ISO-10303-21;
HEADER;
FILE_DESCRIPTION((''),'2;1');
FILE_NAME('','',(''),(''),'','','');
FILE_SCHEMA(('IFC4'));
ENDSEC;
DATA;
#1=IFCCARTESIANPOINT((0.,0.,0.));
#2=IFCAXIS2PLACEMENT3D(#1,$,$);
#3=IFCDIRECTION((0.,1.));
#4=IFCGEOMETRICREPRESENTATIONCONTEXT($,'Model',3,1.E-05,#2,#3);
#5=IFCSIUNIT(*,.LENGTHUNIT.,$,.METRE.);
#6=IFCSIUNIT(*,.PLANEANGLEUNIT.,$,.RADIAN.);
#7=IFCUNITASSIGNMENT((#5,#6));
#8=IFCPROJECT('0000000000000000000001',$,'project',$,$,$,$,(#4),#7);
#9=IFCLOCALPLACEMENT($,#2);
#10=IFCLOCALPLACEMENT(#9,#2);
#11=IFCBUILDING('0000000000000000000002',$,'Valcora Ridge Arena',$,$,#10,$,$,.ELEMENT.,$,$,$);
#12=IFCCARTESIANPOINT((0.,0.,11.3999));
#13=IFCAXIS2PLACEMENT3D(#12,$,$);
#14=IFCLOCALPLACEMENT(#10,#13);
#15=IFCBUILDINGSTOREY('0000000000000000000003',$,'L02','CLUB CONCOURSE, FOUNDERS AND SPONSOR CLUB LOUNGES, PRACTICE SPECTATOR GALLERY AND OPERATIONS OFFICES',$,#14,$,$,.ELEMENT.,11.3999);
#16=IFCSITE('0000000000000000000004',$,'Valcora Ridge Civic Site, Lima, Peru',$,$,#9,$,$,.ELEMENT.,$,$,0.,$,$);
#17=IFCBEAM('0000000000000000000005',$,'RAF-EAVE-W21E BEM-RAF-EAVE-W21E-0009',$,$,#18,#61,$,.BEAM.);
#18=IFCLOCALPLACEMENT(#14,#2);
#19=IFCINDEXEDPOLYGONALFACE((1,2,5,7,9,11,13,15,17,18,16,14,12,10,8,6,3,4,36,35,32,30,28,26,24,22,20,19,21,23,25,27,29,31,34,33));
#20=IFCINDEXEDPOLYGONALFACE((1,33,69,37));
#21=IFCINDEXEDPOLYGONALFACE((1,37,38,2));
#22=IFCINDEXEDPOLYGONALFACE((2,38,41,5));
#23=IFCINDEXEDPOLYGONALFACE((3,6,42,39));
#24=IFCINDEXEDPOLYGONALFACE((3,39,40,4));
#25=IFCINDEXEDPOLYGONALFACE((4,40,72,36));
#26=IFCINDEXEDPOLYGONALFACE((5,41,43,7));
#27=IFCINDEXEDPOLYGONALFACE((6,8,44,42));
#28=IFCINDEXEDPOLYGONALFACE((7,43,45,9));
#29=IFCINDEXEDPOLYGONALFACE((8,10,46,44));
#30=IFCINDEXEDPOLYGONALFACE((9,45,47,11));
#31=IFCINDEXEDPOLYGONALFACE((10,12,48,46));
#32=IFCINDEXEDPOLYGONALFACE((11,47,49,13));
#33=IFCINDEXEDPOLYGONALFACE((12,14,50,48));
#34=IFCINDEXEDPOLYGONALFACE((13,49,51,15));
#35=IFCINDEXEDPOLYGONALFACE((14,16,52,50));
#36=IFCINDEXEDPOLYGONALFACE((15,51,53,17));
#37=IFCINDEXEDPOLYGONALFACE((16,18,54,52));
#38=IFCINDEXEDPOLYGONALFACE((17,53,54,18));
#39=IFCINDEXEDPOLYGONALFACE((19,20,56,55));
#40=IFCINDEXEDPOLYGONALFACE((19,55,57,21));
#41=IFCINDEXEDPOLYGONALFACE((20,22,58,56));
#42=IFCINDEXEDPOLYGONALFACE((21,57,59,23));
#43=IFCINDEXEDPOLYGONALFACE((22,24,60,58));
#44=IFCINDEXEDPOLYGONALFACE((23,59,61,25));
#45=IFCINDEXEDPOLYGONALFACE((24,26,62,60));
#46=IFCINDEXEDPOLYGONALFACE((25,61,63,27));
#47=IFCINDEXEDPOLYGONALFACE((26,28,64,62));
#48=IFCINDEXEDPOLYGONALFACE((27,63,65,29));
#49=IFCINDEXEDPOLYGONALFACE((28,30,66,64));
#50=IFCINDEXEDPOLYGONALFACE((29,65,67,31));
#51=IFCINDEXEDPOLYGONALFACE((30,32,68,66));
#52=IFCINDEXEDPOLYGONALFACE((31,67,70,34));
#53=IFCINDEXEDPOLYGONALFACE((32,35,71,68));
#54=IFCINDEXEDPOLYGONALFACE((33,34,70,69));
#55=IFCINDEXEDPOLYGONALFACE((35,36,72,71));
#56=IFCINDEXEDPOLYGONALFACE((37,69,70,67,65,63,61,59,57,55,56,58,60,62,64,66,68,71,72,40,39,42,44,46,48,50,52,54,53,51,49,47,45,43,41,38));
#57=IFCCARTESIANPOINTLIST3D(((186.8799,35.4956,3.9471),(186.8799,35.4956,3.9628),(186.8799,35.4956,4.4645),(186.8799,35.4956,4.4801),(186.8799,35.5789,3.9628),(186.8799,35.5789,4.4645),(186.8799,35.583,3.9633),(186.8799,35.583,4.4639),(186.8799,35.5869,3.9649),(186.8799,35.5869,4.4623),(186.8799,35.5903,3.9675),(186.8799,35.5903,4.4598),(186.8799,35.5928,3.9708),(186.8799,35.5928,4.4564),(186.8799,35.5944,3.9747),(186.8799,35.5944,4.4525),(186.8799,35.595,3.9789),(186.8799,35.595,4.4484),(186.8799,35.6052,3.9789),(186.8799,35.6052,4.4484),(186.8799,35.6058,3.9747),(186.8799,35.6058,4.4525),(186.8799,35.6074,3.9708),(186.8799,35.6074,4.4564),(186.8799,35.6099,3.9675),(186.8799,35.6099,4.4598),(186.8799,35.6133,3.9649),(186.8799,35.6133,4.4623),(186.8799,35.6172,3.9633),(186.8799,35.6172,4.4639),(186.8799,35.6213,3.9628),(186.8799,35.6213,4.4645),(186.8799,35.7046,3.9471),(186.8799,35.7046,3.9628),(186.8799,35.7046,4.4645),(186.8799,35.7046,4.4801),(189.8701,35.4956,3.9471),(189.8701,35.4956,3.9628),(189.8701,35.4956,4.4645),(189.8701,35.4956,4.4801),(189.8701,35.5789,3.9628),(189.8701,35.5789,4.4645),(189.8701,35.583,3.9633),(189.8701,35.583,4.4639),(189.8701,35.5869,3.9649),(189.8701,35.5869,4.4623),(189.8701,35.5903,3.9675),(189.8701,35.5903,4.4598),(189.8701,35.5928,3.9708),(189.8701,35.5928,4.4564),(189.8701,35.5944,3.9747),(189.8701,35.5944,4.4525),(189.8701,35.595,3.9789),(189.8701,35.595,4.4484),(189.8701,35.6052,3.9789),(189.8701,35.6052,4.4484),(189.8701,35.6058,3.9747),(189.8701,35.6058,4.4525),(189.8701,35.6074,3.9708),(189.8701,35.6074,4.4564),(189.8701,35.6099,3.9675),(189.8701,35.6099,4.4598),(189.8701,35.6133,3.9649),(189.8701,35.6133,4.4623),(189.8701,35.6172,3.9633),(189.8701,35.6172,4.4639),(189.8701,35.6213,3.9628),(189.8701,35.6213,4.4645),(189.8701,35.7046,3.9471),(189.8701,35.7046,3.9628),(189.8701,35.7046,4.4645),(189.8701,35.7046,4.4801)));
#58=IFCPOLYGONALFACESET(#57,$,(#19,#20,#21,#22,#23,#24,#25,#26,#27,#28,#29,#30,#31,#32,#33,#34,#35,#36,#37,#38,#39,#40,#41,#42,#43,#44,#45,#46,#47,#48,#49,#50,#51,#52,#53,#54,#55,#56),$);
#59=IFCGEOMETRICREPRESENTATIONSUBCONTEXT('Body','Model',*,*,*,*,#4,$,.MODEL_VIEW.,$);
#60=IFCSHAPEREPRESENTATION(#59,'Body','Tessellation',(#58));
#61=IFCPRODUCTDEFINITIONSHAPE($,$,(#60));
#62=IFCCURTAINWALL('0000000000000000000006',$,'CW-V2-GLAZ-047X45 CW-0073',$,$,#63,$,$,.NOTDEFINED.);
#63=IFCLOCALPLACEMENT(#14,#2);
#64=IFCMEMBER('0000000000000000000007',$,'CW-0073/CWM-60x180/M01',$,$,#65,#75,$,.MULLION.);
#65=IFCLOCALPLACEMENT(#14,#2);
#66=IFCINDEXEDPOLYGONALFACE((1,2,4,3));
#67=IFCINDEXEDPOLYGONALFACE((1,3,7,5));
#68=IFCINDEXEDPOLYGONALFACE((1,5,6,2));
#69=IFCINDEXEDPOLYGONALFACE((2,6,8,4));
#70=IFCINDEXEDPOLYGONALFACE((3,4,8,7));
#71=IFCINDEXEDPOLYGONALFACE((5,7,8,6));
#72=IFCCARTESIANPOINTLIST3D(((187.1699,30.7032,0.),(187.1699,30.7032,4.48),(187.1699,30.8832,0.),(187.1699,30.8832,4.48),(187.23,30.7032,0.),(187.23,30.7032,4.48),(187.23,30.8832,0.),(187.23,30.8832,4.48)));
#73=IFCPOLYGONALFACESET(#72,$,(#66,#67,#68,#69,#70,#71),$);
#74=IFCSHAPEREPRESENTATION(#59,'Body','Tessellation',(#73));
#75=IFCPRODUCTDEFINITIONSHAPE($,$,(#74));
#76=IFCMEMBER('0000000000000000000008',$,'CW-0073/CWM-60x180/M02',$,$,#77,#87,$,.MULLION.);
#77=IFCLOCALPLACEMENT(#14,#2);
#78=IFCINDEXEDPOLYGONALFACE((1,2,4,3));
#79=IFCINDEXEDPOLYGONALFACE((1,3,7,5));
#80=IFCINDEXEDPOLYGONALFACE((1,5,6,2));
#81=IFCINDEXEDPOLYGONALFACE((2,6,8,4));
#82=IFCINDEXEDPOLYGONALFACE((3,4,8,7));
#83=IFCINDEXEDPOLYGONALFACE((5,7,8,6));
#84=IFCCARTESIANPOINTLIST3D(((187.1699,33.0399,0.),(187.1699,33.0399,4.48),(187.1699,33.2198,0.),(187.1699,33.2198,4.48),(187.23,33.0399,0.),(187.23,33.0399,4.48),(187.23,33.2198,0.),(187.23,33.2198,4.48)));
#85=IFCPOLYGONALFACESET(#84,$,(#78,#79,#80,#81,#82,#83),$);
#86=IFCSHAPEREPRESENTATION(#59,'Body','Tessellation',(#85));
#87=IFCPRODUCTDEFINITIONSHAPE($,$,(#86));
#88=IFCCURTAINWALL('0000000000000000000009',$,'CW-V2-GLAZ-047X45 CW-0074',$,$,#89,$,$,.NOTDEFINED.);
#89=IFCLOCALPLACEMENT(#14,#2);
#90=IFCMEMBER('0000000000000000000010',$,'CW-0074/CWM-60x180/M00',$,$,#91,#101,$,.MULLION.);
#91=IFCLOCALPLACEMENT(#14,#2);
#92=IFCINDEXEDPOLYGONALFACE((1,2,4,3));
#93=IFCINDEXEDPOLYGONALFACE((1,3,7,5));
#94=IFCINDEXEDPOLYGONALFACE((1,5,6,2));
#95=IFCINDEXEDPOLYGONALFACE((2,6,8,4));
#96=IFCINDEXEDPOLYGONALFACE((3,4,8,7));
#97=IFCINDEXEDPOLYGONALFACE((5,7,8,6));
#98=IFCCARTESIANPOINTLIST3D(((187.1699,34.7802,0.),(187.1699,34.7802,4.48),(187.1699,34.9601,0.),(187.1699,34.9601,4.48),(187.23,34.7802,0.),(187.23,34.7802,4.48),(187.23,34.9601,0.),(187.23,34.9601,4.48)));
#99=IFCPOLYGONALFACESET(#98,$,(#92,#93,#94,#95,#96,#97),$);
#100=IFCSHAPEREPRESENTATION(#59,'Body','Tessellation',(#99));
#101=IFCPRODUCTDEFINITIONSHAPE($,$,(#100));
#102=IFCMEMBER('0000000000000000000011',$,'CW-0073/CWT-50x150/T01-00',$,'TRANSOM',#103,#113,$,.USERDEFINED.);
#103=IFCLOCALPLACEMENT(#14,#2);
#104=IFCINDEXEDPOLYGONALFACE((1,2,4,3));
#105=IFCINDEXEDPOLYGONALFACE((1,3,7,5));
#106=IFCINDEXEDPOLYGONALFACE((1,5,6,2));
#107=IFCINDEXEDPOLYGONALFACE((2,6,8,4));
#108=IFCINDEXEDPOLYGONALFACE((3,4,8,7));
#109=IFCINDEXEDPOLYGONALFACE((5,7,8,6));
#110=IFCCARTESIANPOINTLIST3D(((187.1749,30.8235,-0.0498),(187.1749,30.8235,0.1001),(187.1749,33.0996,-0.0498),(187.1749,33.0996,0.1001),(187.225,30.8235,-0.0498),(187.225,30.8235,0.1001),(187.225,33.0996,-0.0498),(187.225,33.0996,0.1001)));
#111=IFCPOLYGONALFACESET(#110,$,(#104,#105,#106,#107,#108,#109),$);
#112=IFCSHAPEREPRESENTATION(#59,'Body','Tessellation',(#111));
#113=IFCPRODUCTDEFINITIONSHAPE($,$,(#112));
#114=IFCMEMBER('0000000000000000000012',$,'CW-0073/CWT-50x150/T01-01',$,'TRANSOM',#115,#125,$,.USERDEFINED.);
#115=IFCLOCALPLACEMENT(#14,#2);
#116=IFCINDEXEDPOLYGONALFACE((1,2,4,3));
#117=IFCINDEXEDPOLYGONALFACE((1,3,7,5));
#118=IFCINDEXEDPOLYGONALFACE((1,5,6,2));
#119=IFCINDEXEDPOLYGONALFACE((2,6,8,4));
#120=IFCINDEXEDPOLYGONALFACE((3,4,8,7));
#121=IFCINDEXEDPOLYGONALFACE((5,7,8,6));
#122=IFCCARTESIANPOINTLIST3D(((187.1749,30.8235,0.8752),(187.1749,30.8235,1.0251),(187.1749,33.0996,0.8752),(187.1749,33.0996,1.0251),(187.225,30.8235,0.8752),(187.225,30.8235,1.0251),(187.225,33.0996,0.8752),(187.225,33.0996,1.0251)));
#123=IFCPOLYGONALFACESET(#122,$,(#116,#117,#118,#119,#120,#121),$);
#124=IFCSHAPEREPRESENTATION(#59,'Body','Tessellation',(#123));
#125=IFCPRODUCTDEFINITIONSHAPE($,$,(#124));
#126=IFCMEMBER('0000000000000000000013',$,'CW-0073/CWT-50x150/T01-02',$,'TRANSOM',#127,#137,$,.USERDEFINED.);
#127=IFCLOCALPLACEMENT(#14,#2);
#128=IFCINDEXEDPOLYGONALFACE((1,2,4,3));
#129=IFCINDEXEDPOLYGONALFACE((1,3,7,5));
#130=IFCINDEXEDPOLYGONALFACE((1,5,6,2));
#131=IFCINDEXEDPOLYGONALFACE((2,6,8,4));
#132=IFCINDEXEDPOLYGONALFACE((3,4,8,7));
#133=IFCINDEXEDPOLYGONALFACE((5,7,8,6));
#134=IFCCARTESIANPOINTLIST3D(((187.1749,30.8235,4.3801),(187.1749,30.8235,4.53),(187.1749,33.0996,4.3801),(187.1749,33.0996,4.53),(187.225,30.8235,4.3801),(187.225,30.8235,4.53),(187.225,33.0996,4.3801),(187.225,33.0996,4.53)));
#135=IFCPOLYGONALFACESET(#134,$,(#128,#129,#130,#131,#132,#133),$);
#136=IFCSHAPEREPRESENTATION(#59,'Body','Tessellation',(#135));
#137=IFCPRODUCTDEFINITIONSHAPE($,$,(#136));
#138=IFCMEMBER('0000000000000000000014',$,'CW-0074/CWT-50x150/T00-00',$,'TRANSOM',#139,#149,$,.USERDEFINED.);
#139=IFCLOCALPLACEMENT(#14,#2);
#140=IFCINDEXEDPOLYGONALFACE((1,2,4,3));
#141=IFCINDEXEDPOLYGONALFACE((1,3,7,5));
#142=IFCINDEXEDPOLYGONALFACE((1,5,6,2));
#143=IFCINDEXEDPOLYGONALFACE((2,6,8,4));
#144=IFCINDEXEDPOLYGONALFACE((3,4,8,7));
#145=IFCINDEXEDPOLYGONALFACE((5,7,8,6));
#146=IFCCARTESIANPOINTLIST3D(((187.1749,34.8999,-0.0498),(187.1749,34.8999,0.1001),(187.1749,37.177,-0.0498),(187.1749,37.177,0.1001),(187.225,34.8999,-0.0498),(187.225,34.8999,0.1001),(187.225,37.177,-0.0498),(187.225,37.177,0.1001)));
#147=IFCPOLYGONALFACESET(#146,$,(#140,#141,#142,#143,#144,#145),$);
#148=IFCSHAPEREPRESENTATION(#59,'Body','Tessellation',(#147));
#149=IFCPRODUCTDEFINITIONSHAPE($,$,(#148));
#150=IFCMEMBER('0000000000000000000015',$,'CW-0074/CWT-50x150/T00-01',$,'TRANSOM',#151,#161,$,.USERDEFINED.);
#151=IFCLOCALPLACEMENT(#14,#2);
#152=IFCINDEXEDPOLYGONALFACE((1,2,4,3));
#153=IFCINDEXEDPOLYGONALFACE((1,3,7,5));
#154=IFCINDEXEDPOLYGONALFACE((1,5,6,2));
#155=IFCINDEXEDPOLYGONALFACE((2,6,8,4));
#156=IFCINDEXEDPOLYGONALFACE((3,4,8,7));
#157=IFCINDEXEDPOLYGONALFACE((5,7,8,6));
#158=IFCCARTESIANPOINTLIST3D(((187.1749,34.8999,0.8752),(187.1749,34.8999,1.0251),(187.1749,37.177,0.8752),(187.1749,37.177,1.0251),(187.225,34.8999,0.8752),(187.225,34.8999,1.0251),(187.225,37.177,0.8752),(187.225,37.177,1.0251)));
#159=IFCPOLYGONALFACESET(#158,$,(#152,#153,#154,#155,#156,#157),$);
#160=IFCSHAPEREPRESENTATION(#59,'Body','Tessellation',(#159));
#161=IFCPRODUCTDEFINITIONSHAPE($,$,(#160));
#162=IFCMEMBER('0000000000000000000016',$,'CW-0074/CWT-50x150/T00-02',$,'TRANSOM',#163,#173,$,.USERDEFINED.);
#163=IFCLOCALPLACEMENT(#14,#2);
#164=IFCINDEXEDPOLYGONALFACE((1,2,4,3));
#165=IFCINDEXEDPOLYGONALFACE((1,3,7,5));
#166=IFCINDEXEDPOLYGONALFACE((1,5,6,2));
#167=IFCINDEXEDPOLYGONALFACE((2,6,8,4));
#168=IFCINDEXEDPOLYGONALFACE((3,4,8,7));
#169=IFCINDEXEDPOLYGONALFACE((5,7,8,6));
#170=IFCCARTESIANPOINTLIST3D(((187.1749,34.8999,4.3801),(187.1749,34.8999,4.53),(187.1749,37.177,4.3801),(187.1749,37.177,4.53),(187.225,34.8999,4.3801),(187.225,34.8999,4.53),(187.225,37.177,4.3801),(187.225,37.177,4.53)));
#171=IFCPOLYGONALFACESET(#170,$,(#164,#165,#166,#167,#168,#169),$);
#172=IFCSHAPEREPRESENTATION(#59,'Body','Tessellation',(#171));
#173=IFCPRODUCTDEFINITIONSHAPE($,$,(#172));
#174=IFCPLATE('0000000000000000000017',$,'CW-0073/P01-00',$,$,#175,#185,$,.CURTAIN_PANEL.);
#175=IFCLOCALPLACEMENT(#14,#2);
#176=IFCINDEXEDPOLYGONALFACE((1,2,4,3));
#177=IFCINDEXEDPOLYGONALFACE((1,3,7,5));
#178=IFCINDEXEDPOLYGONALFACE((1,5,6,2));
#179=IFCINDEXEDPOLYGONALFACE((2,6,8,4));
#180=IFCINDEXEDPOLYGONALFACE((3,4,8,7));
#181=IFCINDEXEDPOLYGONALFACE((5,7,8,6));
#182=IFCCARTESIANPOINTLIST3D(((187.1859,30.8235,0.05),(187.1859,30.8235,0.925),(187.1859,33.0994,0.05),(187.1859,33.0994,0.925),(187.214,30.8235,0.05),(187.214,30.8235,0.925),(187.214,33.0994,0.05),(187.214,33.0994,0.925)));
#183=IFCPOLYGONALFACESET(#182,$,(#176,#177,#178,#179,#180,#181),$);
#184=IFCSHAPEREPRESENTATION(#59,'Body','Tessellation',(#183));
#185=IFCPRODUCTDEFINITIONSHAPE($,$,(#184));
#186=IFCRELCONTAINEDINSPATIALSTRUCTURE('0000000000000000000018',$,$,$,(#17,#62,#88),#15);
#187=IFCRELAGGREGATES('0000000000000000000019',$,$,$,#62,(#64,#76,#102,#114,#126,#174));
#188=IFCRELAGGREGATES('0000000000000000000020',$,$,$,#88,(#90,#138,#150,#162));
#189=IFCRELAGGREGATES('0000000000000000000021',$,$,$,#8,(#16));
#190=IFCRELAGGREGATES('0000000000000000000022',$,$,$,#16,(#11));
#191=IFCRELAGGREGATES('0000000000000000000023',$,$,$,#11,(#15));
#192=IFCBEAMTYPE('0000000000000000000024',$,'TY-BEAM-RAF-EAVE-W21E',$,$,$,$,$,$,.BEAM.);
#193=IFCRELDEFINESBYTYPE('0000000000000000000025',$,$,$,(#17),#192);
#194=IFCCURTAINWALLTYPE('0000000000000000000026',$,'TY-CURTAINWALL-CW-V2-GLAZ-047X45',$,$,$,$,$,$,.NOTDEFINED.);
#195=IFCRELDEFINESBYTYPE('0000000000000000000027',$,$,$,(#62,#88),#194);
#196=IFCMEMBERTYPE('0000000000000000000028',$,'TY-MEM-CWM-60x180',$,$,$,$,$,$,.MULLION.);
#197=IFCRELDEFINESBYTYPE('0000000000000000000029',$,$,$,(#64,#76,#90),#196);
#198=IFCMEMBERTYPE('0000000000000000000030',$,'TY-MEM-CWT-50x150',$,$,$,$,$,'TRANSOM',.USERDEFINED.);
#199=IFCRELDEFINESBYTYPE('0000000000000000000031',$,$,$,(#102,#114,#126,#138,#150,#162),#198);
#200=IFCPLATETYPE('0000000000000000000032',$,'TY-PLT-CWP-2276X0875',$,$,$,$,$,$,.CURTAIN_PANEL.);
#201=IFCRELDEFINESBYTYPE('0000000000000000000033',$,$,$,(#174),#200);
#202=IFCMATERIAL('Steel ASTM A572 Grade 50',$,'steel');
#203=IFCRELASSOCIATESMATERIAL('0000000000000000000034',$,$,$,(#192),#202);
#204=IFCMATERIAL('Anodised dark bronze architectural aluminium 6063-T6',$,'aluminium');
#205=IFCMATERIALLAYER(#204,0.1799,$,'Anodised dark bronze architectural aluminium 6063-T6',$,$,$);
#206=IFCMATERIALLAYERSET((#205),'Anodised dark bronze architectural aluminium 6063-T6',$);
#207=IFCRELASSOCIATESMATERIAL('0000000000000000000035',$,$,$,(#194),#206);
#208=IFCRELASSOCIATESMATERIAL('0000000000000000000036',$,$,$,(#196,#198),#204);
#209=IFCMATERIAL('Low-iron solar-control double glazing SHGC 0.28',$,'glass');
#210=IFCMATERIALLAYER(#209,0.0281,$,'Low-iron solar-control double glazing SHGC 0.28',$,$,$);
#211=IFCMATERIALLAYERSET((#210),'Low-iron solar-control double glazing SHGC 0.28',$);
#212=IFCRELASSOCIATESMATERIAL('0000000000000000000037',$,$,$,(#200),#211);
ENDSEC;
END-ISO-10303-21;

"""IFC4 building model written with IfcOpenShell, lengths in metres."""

from ifc_helpers import new_model, si_unit, direction, frame, origin, origin_2d, place, context, subcontext, project, spatial, rectangle, i_section, extrude, material, layer, layer_set, material_profile, profile_set, type_object, element, aggregate, save


model = new_model("IFC4")

# Units and contexts
model_context = context("Model", 3, precision=1e-05, world=origin(), true_north=direction((0.0, 1.0)))
body_context = subcontext(model_context, "Body", "Model", "MODEL_VIEW")
ifc_project = project(units=[si_unit("LENGTHUNIT", "METRE"), si_unit("PLANEANGLEUNIT", "RADIAN")], contexts=[model_context])

# Site, building, storey
site_placement = place(None, origin())
site = spatial("IfcSite", under=ifc_project, at=site_placement, Name="Valcora Ridge Civic Site, Lima, Peru", CompositionType="ELEMENT", RefElevation=0.0)
building_placement = place(site_placement, origin())
building = spatial("IfcBuilding", under=site, at=building_placement, Name="Valcora Ridge Arena", CompositionType="ELEMENT")
storey_placement = place(building_placement, frame((0.0, 0.0, 11.3999)))
storey = spatial("IfcBuildingStorey", under=building, at=storey_placement, Name="L02", Description="CLUB CONCOURSE, FOUNDERS AND SPONSOR CLUB LOUNGES, PRACTICE SPECTATOR GALLERY AND OPERATIONS OFFICES", CompositionType="ELEMENT", Elevation=11.3999)

# Beam
ifc_material_1 = material(Name="Steel ASTM A572 Grade 50", Category="steel")
ifc_material_profile_1 = material_profile(ifc_material_1, i_section(OverallWidth=0.209, OverallDepth=0.533, WebThickness=0.0103, FlangeThickness=0.0156, FilletRadius=0.0161, at=origin_2d()), Name="W21X62")
ifc_profile_set_1 = profile_set([ifc_material_profile_1], Name="Steel ASTM A572 Grade 50")
beam_type_1 = type_object("IfcBeamType", Name="TY-BEAM-RAF-EAVE-W21E", PredefinedType="BEAM", material=ifc_profile_set_1)
for number, where, z_axis, x_axis, name in (
    (1, (186.8799, 35.6001, 4.2136), (1.0, 0.0, 0.0), (0.0, 1.0, 0.0), "RAF-EAVE-W21E BEM-RAF-EAVE-W21E-0009"),
):
    element("IfcBeam", number, at=place(storey_placement, frame(where, z_axis=z_axis, x_axis=x_axis)), inside=storey, type_object=beam_type_1, Name=name, PredefinedType="BEAM", context=body_context, shape_type="SweptSolid", body=[
        extrude(i_section(OverallWidth=0.209, OverallDepth=0.533, WebThickness=0.0103, FlangeThickness=0.0156, FilletRadius=0.0161, at=origin_2d()), origin(), (0.0, 0.0, 1.0), 2.9902),
    ])

# Curtain wall, members
ifc_material_2 = material(Name="Anodised dark bronze architectural aluminium 6063-T6", Category="aluminium")
ifc_layer_1 = layer(ifc_material_2, 0.1799, Name="Anodised dark bronze architectural aluminium 6063-T6")
ifc_layer_set_1 = layer_set([ifc_layer_1], Name="Anodised dark bronze architectural aluminium 6063-T6")
curtain_wall_type = type_object("IfcCurtainWallType", Name="TY-CURTAINWALL-CW-V2-GLAZ-047X45", PredefinedType="NOTDEFINED", material=ifc_layer_set_1)
curtain_wall_1_placement = place(storey_placement, origin())
curtain_wall_1 = element("IfcCurtainWall", 2, at=curtain_wall_1_placement, inside=storey, type_object=curtain_wall_type, Name="CW-V2-GLAZ-047X45 CW-0073", PredefinedType="NOTDEFINED")
ifc_material_profile_2 = material_profile(ifc_material_2, rectangle(XDim=0.0601, YDim=0.1799, at=origin_2d()), Name="ALU MULLION 60x180")
ifc_profile_set_2 = profile_set([ifc_material_profile_2], Name="Anodised dark bronze architectural aluminium 6063-T6")
member_type_1 = type_object("IfcMemberType", Name="TY-MEM-CWM-60x180", PredefinedType="MULLION", material=ifc_profile_set_2)
member_1_placement = place(storey_placement, frame((187.2, 30.7932, 0.0), z_axis=(0.0, 0.0, 1.0), x_axis=(-1.0, 0.0, 0.0)))
member_1 = element("IfcMember", 3, at=member_1_placement, type_object=member_type_1, Name="CW-0073/CWM-60x180/M01", PredefinedType="MULLION", context=body_context, shape_type="SweptSolid", body=[
    extrude(rectangle(XDim=0.0601, YDim=0.1799, at=origin_2d()), origin(), (0.0, 0.0, 1.0), 4.48),
])
member_2_placement = place(storey_placement, frame((187.2, 33.1299, 0.0), z_axis=(0.0, 0.0, 1.0), x_axis=(-1.0, 0.0, 0.0)))
member_2 = element("IfcMember", 4, at=member_2_placement, type_object=member_type_1, Name="CW-0073/CWM-60x180/M02", PredefinedType="MULLION", context=body_context, shape_type="SweptSolid", body=[
    extrude(rectangle(XDim=0.0601, YDim=0.1799, at=origin_2d()), origin(), (0.0, 0.0, 1.0), 4.48),
])

# Curtain wall, member
curtain_wall_2_placement = place(storey_placement, origin())
curtain_wall_2 = element("IfcCurtainWall", 5, at=curtain_wall_2_placement, inside=storey, type_object=curtain_wall_type, Name="CW-V2-GLAZ-047X45 CW-0074", PredefinedType="NOTDEFINED")
member_3_placement = place(storey_placement, frame((187.2, 34.8701, 0.0), z_axis=(0.0, 0.0, 1.0), x_axis=(-1.0, 0.0, 0.0)))
member_3 = element("IfcMember", 6, at=member_3_placement, type_object=member_type_1, Name="CW-0074/CWM-60x180/M00", PredefinedType="MULLION", context=body_context, shape_type="SweptSolid", body=[
    extrude(rectangle(XDim=0.0601, YDim=0.1799, at=origin_2d()), origin(), (0.0, 0.0, 1.0), 4.48),
])

# Members
ifc_material_profile_3 = material_profile(ifc_material_2, rectangle(XDim=0.05, YDim=0.1499, at=origin_2d()), Name="ALU TRANSOM 50x150")
ifc_profile_set_3 = profile_set([ifc_material_profile_3], Name="Anodised dark bronze architectural aluminium 6063-T6")
member_type_2 = type_object("IfcMemberType", Name="TY-MEM-CWT-50x150", ElementType="TRANSOM", PredefinedType="USERDEFINED", material=ifc_profile_set_3)
member_4_placement = place(storey_placement, frame((187.2, 30.8235, 0.0251), z_axis=(0.0, 1.0, 0.0), x_axis=(-1.0, 0.0, 0.0)))
member_4 = element("IfcMember", 7, at=member_4_placement, type_object=member_type_2, Name="CW-0073/CWT-50x150/T01-00", ObjectType="TRANSOM", PredefinedType="USERDEFINED", context=body_context, shape_type="SweptSolid", body=[
    extrude(rectangle(XDim=0.05, YDim=0.1499, at=origin_2d()), origin(), (0.0, 0.0, 1.0), 2.2761),
])
member_5_placement = place(storey_placement, frame((187.2, 30.8235, 0.9502), z_axis=(0.0, 1.0, 0.0), x_axis=(-1.0, 0.0, 0.0)))
member_5 = element("IfcMember", 8, at=member_5_placement, type_object=member_type_2, Name="CW-0073/CWT-50x150/T01-01", ObjectType="TRANSOM", PredefinedType="USERDEFINED", context=body_context, shape_type="SweptSolid", body=[
    extrude(rectangle(XDim=0.05, YDim=0.1499, at=origin_2d()), origin(), (0.0, 0.0, 1.0), 2.2761),
])
member_6_placement = place(storey_placement, frame((187.2, 30.8235, 4.4551), z_axis=(0.0, 1.0, 0.0), x_axis=(-1.0, 0.0, 0.0)))
member_6 = element("IfcMember", 9, at=member_6_placement, type_object=member_type_2, Name="CW-0073/CWT-50x150/T01-02", ObjectType="TRANSOM", PredefinedType="USERDEFINED", context=body_context, shape_type="SweptSolid", body=[
    extrude(rectangle(XDim=0.05, YDim=0.1499, at=origin_2d()), origin(), (0.0, 0.0, 1.0), 2.2761),
])
member_7_placement = place(storey_placement, frame((187.2, 34.8999, 0.0251), z_axis=(0.0, 1.0, 0.0), x_axis=(-1.0, 0.0, 0.0)))
member_7 = element("IfcMember", 10, at=member_7_placement, type_object=member_type_2, Name="CW-0074/CWT-50x150/T00-00", ObjectType="TRANSOM", PredefinedType="USERDEFINED", context=body_context, shape_type="SweptSolid", body=[
    extrude(rectangle(XDim=0.05, YDim=0.1499, at=origin_2d()), origin(), (0.0, 0.0, 1.0), 2.2771),
])
member_8_placement = place(storey_placement, frame((187.2, 34.8999, 0.9502), z_axis=(0.0, 1.0, 0.0), x_axis=(-1.0, 0.0, 0.0)))
member_8 = element("IfcMember", 11, at=member_8_placement, type_object=member_type_2, Name="CW-0074/CWT-50x150/T00-01", ObjectType="TRANSOM", PredefinedType="USERDEFINED", context=body_context, shape_type="SweptSolid", body=[
    extrude(rectangle(XDim=0.05, YDim=0.1499, at=origin_2d()), origin(), (0.0, 0.0, 1.0), 2.2771),
])
member_9_placement = place(storey_placement, frame((187.2, 34.8999, 4.4551), z_axis=(0.0, 1.0, 0.0), x_axis=(-1.0, 0.0, 0.0)))
member_9 = element("IfcMember", 12, at=member_9_placement, type_object=member_type_2, Name="CW-0074/CWT-50x150/T00-02", ObjectType="TRANSOM", PredefinedType="USERDEFINED", context=body_context, shape_type="SweptSolid", body=[
    extrude(rectangle(XDim=0.05, YDim=0.1499, at=origin_2d()), origin(), (0.0, 0.0, 1.0), 2.2771),
])

# Plate
ifc_material_3 = material(Name="Low-iron solar-control double glazing SHGC 0.28", Category="glass")
ifc_layer_2 = layer(ifc_material_3, 0.0281, Name="Low-iron solar-control double glazing SHGC 0.28")
ifc_layer_set_2 = layer_set([ifc_layer_2], Name="Low-iron solar-control double glazing SHGC 0.28")
plate_type_1 = type_object("IfcPlateType", Name="TY-PLT-CWP-2276X0875", PredefinedType="CURTAIN_PANEL", material=ifc_layer_set_2)
plate_1_placement = place(storey_placement, frame((187.2, 31.9614, 0.05), z_axis=(0.0, 0.0, 1.0), x_axis=(0.0, 1.0, 0.0)))
plate_1 = element("IfcPlate", 13, at=plate_1_placement, type_object=plate_type_1, Name="CW-0073/P01-00", PredefinedType="CURTAIN_PANEL", context=body_context, shape_type="SweptSolid", body=[
    extrude(rectangle(XDim=2.2759, YDim=0.0281, at=origin_2d()), origin(), (0.0, 0.0, 1.0), 0.875),
])
aggregate(curtain_wall_1, [member_1, member_2, member_4, member_5, member_6, plate_1])
aggregate(curtain_wall_2, [member_3, member_7, member_8, member_9])

save(model, "model.ifc")
